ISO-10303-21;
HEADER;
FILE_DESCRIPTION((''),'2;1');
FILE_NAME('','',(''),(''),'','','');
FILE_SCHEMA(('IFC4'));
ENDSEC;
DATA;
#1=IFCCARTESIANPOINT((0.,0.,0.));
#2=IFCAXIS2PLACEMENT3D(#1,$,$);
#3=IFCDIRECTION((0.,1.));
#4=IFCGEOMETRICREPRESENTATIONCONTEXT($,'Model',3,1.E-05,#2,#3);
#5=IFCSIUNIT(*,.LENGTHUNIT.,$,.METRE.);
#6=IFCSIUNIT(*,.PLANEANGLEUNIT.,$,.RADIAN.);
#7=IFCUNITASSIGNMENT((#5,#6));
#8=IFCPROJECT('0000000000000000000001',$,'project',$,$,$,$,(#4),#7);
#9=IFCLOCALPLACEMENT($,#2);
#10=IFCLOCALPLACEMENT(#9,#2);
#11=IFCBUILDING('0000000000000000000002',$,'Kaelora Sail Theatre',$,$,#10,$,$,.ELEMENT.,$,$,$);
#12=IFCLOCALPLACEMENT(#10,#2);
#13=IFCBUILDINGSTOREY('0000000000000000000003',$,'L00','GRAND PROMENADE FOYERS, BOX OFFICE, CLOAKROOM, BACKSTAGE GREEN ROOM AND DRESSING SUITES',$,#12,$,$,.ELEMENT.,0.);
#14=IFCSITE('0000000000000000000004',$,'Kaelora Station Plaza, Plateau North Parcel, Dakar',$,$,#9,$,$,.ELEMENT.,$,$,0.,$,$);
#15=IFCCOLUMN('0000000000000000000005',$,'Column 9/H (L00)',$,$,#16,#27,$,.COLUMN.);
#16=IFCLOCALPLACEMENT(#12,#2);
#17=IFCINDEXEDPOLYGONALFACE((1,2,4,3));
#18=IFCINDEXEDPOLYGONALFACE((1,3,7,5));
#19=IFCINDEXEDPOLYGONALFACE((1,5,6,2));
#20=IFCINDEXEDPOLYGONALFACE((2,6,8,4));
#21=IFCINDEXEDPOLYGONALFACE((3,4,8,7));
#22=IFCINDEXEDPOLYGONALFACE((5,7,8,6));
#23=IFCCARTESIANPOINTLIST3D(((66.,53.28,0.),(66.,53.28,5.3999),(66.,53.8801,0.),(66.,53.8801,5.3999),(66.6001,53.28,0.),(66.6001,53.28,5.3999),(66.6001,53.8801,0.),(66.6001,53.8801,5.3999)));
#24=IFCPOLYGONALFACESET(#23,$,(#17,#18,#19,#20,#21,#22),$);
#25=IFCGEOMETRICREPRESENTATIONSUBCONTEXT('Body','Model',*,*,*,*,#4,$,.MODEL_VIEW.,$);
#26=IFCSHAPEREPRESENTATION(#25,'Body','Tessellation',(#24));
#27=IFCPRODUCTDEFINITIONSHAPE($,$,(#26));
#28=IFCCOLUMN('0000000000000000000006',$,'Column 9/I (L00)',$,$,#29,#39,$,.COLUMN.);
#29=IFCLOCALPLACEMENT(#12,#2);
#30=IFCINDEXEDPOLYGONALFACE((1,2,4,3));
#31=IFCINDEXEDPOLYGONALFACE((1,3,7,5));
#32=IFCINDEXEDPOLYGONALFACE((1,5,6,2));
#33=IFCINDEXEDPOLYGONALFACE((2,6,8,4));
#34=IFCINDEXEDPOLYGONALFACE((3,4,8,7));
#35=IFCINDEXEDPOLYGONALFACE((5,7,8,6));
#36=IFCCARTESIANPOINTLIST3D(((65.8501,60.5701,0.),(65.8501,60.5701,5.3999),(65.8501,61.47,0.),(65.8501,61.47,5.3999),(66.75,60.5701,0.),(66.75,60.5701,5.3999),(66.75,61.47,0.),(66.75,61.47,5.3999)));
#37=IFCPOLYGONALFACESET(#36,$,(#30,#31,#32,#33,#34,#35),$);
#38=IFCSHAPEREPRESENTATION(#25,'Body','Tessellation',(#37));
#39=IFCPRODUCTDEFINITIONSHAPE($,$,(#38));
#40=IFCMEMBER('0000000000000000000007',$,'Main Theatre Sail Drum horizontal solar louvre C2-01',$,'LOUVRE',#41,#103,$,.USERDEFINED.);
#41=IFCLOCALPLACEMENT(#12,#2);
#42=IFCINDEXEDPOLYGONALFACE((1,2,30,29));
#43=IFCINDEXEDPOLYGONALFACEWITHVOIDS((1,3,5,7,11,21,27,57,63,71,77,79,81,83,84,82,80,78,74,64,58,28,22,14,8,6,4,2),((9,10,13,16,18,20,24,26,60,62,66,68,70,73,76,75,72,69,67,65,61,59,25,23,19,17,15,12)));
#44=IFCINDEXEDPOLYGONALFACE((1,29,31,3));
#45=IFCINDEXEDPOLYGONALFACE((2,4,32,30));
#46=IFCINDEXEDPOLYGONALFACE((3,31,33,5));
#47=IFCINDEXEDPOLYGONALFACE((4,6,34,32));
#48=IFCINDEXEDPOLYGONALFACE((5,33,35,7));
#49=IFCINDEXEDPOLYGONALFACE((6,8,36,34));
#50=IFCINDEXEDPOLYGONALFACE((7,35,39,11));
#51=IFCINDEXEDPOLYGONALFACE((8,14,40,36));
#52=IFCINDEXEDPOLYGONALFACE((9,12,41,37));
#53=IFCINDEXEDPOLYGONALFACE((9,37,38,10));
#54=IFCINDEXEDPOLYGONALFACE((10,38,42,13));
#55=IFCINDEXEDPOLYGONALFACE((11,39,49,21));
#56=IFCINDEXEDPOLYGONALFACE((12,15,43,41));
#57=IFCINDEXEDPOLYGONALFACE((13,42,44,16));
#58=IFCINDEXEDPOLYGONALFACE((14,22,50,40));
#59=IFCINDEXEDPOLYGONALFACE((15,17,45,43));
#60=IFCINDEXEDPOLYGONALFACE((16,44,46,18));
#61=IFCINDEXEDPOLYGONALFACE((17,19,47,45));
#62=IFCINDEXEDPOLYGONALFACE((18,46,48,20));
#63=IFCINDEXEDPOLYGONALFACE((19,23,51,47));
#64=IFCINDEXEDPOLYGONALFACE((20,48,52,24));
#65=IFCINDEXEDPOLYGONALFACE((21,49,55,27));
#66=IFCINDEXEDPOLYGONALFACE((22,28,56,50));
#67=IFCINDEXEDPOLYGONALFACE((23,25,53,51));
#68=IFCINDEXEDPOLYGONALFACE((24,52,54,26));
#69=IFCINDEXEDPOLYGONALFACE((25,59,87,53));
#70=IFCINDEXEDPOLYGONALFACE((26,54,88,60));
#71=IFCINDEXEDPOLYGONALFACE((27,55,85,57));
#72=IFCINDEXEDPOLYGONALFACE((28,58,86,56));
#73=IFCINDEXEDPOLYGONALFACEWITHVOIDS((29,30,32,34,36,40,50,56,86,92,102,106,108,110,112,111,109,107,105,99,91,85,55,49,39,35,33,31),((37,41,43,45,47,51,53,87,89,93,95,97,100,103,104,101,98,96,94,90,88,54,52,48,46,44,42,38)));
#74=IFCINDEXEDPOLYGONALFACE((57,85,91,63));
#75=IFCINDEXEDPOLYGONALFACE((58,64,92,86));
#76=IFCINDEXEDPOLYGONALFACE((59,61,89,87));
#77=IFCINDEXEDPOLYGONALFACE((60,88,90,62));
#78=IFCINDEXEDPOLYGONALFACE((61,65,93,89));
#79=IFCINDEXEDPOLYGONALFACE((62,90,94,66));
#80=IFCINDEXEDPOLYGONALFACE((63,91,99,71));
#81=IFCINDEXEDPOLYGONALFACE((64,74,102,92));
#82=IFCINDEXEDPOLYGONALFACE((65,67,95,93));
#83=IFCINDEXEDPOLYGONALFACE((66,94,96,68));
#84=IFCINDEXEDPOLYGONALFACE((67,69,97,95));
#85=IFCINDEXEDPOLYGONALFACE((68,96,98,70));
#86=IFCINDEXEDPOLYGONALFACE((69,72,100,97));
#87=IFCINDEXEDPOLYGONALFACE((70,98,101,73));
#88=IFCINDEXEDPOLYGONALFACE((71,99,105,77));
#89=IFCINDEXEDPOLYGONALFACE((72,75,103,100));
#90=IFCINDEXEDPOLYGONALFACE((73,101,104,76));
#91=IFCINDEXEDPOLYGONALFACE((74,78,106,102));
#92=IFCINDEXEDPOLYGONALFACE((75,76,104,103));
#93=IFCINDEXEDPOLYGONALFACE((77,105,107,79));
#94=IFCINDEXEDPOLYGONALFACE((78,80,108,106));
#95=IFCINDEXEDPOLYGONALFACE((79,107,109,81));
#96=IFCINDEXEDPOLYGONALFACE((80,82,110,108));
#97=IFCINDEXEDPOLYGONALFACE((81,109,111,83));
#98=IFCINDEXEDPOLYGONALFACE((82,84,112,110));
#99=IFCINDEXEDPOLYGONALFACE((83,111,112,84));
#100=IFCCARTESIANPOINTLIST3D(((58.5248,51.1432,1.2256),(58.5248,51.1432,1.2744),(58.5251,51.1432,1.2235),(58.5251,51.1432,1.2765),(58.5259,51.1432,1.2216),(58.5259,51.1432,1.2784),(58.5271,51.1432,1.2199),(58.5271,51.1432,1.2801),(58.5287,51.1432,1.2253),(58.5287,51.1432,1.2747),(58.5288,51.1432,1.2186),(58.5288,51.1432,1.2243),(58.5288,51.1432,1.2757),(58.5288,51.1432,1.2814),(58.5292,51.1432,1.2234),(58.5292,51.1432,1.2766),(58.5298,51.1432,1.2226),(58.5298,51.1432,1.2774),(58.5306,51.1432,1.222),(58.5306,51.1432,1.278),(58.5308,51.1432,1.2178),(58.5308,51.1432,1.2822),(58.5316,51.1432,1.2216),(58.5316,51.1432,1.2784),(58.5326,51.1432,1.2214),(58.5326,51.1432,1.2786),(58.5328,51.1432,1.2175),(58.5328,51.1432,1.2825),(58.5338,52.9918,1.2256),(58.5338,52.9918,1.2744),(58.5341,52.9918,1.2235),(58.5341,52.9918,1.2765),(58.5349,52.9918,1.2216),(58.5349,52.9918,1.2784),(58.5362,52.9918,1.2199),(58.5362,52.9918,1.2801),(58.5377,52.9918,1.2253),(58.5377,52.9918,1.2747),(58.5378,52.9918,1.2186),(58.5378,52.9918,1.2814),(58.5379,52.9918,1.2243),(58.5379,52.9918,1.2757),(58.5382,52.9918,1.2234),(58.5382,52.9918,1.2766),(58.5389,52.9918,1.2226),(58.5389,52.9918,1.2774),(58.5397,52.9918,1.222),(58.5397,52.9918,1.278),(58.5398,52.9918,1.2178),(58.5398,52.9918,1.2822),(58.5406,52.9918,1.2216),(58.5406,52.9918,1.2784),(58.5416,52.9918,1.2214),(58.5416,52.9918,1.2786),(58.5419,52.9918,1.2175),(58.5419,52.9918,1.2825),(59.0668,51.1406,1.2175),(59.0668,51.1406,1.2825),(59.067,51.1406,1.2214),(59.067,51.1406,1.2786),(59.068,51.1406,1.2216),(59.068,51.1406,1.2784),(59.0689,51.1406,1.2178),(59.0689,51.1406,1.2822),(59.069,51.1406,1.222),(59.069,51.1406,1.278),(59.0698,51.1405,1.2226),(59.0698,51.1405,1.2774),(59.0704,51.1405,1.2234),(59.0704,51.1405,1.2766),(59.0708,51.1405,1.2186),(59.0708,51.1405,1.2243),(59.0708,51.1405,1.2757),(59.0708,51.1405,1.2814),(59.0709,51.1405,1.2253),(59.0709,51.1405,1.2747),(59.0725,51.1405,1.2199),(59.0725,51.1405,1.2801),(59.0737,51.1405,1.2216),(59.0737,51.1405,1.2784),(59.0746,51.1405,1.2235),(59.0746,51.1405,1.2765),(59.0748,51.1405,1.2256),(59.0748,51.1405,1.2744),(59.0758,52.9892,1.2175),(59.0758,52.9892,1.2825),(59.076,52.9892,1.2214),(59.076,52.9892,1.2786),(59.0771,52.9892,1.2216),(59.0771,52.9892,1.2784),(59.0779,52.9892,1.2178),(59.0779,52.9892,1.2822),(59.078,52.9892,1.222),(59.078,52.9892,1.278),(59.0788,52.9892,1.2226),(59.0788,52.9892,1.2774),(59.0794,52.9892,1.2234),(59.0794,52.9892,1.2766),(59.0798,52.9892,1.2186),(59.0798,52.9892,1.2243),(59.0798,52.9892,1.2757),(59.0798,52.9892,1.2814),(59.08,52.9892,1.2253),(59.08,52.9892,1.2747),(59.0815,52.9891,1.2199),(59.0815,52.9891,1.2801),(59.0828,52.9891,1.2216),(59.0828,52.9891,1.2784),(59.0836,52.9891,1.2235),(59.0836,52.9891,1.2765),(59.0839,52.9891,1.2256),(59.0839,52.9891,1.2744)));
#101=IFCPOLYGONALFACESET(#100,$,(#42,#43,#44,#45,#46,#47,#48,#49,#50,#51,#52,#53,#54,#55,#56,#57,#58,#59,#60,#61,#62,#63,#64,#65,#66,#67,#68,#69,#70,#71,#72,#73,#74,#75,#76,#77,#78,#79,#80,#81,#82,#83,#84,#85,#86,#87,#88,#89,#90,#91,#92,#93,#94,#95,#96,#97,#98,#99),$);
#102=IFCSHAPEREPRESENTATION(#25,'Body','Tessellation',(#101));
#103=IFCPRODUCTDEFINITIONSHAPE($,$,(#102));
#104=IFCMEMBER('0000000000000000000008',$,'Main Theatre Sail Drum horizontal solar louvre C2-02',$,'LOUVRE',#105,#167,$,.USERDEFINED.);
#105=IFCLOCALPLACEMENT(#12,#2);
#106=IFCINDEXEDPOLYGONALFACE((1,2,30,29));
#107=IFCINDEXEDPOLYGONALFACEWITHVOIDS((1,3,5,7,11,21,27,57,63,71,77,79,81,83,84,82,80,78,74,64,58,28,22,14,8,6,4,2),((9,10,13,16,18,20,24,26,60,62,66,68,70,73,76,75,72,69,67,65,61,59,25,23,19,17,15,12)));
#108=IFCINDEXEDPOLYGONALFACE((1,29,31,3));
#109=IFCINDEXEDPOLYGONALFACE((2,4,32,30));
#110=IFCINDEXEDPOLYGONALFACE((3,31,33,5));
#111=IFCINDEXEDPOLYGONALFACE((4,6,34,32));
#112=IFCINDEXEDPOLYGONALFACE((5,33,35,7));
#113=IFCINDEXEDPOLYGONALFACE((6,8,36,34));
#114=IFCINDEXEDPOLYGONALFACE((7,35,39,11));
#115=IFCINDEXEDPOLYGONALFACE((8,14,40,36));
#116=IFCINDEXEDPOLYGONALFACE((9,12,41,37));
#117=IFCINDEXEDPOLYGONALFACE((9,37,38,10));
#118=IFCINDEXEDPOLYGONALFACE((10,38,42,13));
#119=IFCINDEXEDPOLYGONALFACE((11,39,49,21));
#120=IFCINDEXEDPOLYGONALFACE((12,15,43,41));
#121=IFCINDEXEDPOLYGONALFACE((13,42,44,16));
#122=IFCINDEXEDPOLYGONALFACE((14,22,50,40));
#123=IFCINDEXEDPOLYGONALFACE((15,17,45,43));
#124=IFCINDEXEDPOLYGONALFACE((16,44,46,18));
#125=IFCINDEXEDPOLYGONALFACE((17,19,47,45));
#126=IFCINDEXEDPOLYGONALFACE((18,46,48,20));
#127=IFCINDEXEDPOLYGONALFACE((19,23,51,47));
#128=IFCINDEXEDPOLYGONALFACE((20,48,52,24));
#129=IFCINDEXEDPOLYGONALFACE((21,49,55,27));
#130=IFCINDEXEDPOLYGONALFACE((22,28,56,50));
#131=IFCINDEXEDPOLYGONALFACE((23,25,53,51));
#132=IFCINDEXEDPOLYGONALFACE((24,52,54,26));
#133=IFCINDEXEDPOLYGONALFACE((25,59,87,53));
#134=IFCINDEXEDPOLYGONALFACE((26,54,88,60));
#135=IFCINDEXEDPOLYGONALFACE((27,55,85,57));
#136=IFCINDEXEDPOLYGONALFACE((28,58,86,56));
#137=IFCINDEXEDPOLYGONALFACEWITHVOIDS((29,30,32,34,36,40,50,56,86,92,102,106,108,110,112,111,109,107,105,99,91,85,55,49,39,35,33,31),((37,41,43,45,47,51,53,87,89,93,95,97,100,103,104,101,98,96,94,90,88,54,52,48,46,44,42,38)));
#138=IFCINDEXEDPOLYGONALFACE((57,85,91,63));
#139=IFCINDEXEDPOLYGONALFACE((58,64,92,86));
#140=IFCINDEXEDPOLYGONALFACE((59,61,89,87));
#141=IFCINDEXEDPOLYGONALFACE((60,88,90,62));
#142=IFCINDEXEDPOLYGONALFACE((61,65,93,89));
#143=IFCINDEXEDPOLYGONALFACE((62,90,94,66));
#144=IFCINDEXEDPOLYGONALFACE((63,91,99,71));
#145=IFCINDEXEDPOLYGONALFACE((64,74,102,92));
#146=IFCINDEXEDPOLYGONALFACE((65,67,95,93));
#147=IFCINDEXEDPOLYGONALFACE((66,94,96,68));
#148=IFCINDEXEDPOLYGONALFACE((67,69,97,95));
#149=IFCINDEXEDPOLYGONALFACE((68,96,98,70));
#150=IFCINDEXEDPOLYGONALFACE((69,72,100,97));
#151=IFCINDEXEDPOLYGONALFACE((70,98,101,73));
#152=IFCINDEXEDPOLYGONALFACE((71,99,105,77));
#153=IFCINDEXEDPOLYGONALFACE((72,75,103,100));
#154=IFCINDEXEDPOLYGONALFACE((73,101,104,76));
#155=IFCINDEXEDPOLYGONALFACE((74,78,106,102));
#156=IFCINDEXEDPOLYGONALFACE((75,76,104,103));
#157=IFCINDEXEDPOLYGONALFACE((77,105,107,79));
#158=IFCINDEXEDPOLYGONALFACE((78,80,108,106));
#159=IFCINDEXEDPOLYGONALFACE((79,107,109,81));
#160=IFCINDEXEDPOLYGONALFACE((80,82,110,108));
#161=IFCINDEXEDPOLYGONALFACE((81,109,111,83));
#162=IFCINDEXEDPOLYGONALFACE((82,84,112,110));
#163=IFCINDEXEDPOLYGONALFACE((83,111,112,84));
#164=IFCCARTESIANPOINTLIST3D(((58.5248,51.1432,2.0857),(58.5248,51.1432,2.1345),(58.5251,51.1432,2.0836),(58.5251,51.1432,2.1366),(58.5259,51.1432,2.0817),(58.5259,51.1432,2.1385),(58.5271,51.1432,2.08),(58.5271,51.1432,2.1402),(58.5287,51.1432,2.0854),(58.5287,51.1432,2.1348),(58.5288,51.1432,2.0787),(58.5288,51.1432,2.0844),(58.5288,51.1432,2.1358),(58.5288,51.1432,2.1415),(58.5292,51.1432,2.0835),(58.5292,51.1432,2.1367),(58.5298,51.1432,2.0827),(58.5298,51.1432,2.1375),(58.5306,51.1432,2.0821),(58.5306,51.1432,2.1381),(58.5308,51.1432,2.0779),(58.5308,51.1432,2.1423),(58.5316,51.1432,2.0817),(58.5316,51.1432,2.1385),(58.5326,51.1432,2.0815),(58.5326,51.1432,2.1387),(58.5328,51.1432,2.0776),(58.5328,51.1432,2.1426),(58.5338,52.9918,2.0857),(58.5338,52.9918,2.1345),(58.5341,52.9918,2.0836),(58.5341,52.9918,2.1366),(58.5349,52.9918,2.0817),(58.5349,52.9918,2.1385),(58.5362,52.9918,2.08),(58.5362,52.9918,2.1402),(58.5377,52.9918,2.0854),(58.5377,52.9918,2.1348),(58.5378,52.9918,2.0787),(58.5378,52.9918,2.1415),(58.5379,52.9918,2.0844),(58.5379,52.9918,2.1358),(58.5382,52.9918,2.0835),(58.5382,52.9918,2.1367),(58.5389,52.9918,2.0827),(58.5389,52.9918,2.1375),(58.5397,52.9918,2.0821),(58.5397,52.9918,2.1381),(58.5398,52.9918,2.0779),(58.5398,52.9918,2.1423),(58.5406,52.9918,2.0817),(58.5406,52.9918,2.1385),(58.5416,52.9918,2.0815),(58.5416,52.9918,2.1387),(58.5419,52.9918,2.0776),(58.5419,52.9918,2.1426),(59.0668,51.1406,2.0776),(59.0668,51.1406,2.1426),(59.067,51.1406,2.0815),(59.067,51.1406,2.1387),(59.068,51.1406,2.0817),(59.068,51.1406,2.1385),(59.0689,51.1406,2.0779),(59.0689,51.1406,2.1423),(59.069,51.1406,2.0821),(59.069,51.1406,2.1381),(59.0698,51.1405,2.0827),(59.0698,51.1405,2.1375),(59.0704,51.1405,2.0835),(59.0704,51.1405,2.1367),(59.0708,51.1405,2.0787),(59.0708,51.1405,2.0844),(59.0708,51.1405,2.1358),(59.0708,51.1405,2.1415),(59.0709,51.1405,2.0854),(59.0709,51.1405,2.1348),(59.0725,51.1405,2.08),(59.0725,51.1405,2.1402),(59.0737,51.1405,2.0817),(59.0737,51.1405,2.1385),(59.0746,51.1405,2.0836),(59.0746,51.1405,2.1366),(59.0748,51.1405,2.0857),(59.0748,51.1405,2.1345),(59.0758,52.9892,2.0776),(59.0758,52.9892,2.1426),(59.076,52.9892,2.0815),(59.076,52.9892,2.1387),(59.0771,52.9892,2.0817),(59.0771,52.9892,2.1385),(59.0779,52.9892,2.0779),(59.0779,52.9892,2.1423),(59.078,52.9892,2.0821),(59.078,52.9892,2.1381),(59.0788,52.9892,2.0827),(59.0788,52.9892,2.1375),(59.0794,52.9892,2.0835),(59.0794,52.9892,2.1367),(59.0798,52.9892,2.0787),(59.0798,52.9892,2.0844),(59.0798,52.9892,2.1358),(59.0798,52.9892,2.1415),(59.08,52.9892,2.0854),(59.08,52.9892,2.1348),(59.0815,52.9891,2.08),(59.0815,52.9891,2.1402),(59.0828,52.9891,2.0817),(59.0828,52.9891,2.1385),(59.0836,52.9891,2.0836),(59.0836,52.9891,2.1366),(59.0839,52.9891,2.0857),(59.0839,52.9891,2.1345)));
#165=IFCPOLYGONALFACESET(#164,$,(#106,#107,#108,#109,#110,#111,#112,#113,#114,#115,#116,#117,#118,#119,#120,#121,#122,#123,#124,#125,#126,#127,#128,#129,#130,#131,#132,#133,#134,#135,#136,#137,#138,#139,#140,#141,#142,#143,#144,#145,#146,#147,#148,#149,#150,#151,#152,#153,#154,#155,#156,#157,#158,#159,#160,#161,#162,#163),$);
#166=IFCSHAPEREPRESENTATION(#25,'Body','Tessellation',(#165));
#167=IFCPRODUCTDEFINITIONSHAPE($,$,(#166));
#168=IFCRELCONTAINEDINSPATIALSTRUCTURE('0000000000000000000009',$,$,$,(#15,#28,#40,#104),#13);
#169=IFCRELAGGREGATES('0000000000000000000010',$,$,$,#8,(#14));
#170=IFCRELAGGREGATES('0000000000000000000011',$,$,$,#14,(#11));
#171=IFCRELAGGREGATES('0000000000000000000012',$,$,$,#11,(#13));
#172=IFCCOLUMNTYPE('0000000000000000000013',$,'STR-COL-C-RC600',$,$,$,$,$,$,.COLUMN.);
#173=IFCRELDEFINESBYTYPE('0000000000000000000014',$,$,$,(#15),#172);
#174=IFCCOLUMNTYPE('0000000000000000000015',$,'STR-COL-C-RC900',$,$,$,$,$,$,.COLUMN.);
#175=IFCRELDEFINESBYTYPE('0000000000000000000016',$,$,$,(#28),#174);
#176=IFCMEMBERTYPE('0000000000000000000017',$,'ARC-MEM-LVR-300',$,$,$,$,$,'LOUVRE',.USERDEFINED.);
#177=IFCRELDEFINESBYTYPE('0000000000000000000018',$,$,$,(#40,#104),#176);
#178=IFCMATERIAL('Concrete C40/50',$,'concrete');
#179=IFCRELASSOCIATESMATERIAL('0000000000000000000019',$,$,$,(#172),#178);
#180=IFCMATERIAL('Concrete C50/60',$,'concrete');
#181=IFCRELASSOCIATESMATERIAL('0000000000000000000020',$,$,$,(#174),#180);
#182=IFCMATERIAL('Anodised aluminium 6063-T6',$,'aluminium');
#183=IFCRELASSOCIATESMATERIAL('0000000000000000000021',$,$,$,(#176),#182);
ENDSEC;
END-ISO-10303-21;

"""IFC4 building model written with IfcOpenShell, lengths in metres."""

from ifc_helpers import new_model, si_unit, direction, frame, origin, origin_2d, place, context, subcontext, project, spatial, rectangle, hollow_rectangle, extrude, material, material_profile, profile_set, type_object, element, save


model = new_model("IFC4")

# Units and contexts
model_context = context("Model", 3, precision=1e-05, world=origin(), true_north=direction((0.0, 1.0)))
body_context = subcontext(model_context, "Body", "Model", "MODEL_VIEW")
ifc_project = project(units=[si_unit("LENGTHUNIT", "METRE"), si_unit("PLANEANGLEUNIT", "RADIAN")], contexts=[model_context])

# Site, building, storey
site_placement = place(None, origin())
site = spatial("IfcSite", under=ifc_project, at=site_placement, Name="Kaelora Station Plaza, Plateau North Parcel, Dakar", CompositionType="ELEMENT", RefElevation=0.0)
building_placement = place(site_placement, origin())
building = spatial("IfcBuilding", under=site, at=building_placement, Name="Kaelora Sail Theatre", CompositionType="ELEMENT")
storey_placement = place(building_placement, origin())
storey = spatial("IfcBuildingStorey", under=building, at=storey_placement, Name="L00", Description="GRAND PROMENADE FOYERS, BOX OFFICE, CLOAKROOM, BACKSTAGE GREEN ROOM AND DRESSING SUITES", CompositionType="ELEMENT", Elevation=0.0)

# Columns
ifc_material_1 = material(Name="Concrete C40/50", Category="concrete")
ifc_material_profile_1 = material_profile(ifc_material_1, rectangle(XDim=0.6001, YDim=0.6001, at=origin_2d()), Name="RC-COL 600x600")
ifc_profile_set_1 = profile_set([ifc_material_profile_1], Name="Concrete C40/50")
column_type_1 = type_object("IfcColumnType", Name="STR-COL-C-RC600", PredefinedType="COLUMN", material=ifc_profile_set_1)
column_1_placement = place(storey_placement, frame((66.3, 53.5801, 0.0), z_axis=(0.0, 0.0, 1.0), x_axis=(1.0, 0.0, 0.0)))
element("IfcColumn", 1, at=column_1_placement, inside=storey, type_object=column_type_1, Name="Column 9/H (L00)", PredefinedType="COLUMN", context=body_context, shape_type="SweptSolid", body=[
    extrude(rectangle(XDim=0.6001, YDim=0.6001, at=origin_2d()), origin(), (0.0, 0.0, 1.0), 5.3999),
])
ifc_material_2 = material(Name="Concrete C50/60", Category="concrete")
ifc_material_profile_2 = material_profile(ifc_material_2, rectangle(XDim=0.8999, YDim=0.8999, at=origin_2d()), Name="RC-COL 900x900")
ifc_profile_set_2 = profile_set([ifc_material_profile_2], Name="Concrete C50/60")
column_type_2 = type_object("IfcColumnType", Name="STR-COL-C-RC900", PredefinedType="COLUMN", material=ifc_profile_set_2)
column_2_placement = place(storey_placement, frame((66.3, 61.02, 0.0), z_axis=(0.0, 0.0, 1.0), x_axis=(1.0, 0.0, 0.0)))
element("IfcColumn", 2, at=column_2_placement, inside=storey, type_object=column_type_2, Name="Column 9/I (L00)", PredefinedType="COLUMN", context=body_context, shape_type="SweptSolid", body=[
    extrude(rectangle(XDim=0.8999, YDim=0.8999, at=origin_2d()), origin(), (0.0, 0.0, 1.0), 5.3999),
])

# Members
ifc_material_3 = material(Name="Anodised aluminium 6063-T6", Category="aluminium")
ifc_material_profile_3 = material_profile(ifc_material_3, hollow_rectangle(XDim=0.55, YDim=0.0649, WallThickness=0.0039, InnerFilletRadius=0.0039, OuterFilletRadius=0.0081, at=origin_2d()), Name="LOUVRE 550x65x4")
ifc_profile_set_3 = profile_set([ifc_material_profile_3], Name="Anodised aluminium 6063-T6")
member_type_1 = type_object("IfcMemberType", Name="ARC-MEM-LVR-300", ElementType="LOUVRE", PredefinedType="USERDEFINED", material=ifc_profile_set_3)
for number, where, z_axis, x_axis, name in (
    (3, (58.8088, 52.9905, 1.25), (-0.004886, -0.999988, 0.0), (0.999988, -0.004886, 0.0), "Main Theatre Sail Drum horizontal solar louvre C2-01"),
    (4, (58.8088, 52.9905, 2.1101), (-0.004886, -0.999988, 0.0), (0.999988, -0.004886, 0.0), "Main Theatre Sail Drum horizontal solar louvre C2-02"),
):
    element("IfcMember", number, at=place(storey_placement, frame(where, z_axis=z_axis, x_axis=x_axis)), inside=storey, type_object=member_type_1, Name=name, ObjectType="LOUVRE", PredefinedType="USERDEFINED", context=body_context, shape_type="SweptSolid", body=[
        extrude(hollow_rectangle(XDim=0.55, YDim=0.0649, WallThickness=0.0039, InnerFilletRadius=0.0039, OuterFilletRadius=0.0081, at=origin_2d()), origin(), (0.0, 0.0, 1.0), 1.8486),
    ])

save(model, "model.ifc")
